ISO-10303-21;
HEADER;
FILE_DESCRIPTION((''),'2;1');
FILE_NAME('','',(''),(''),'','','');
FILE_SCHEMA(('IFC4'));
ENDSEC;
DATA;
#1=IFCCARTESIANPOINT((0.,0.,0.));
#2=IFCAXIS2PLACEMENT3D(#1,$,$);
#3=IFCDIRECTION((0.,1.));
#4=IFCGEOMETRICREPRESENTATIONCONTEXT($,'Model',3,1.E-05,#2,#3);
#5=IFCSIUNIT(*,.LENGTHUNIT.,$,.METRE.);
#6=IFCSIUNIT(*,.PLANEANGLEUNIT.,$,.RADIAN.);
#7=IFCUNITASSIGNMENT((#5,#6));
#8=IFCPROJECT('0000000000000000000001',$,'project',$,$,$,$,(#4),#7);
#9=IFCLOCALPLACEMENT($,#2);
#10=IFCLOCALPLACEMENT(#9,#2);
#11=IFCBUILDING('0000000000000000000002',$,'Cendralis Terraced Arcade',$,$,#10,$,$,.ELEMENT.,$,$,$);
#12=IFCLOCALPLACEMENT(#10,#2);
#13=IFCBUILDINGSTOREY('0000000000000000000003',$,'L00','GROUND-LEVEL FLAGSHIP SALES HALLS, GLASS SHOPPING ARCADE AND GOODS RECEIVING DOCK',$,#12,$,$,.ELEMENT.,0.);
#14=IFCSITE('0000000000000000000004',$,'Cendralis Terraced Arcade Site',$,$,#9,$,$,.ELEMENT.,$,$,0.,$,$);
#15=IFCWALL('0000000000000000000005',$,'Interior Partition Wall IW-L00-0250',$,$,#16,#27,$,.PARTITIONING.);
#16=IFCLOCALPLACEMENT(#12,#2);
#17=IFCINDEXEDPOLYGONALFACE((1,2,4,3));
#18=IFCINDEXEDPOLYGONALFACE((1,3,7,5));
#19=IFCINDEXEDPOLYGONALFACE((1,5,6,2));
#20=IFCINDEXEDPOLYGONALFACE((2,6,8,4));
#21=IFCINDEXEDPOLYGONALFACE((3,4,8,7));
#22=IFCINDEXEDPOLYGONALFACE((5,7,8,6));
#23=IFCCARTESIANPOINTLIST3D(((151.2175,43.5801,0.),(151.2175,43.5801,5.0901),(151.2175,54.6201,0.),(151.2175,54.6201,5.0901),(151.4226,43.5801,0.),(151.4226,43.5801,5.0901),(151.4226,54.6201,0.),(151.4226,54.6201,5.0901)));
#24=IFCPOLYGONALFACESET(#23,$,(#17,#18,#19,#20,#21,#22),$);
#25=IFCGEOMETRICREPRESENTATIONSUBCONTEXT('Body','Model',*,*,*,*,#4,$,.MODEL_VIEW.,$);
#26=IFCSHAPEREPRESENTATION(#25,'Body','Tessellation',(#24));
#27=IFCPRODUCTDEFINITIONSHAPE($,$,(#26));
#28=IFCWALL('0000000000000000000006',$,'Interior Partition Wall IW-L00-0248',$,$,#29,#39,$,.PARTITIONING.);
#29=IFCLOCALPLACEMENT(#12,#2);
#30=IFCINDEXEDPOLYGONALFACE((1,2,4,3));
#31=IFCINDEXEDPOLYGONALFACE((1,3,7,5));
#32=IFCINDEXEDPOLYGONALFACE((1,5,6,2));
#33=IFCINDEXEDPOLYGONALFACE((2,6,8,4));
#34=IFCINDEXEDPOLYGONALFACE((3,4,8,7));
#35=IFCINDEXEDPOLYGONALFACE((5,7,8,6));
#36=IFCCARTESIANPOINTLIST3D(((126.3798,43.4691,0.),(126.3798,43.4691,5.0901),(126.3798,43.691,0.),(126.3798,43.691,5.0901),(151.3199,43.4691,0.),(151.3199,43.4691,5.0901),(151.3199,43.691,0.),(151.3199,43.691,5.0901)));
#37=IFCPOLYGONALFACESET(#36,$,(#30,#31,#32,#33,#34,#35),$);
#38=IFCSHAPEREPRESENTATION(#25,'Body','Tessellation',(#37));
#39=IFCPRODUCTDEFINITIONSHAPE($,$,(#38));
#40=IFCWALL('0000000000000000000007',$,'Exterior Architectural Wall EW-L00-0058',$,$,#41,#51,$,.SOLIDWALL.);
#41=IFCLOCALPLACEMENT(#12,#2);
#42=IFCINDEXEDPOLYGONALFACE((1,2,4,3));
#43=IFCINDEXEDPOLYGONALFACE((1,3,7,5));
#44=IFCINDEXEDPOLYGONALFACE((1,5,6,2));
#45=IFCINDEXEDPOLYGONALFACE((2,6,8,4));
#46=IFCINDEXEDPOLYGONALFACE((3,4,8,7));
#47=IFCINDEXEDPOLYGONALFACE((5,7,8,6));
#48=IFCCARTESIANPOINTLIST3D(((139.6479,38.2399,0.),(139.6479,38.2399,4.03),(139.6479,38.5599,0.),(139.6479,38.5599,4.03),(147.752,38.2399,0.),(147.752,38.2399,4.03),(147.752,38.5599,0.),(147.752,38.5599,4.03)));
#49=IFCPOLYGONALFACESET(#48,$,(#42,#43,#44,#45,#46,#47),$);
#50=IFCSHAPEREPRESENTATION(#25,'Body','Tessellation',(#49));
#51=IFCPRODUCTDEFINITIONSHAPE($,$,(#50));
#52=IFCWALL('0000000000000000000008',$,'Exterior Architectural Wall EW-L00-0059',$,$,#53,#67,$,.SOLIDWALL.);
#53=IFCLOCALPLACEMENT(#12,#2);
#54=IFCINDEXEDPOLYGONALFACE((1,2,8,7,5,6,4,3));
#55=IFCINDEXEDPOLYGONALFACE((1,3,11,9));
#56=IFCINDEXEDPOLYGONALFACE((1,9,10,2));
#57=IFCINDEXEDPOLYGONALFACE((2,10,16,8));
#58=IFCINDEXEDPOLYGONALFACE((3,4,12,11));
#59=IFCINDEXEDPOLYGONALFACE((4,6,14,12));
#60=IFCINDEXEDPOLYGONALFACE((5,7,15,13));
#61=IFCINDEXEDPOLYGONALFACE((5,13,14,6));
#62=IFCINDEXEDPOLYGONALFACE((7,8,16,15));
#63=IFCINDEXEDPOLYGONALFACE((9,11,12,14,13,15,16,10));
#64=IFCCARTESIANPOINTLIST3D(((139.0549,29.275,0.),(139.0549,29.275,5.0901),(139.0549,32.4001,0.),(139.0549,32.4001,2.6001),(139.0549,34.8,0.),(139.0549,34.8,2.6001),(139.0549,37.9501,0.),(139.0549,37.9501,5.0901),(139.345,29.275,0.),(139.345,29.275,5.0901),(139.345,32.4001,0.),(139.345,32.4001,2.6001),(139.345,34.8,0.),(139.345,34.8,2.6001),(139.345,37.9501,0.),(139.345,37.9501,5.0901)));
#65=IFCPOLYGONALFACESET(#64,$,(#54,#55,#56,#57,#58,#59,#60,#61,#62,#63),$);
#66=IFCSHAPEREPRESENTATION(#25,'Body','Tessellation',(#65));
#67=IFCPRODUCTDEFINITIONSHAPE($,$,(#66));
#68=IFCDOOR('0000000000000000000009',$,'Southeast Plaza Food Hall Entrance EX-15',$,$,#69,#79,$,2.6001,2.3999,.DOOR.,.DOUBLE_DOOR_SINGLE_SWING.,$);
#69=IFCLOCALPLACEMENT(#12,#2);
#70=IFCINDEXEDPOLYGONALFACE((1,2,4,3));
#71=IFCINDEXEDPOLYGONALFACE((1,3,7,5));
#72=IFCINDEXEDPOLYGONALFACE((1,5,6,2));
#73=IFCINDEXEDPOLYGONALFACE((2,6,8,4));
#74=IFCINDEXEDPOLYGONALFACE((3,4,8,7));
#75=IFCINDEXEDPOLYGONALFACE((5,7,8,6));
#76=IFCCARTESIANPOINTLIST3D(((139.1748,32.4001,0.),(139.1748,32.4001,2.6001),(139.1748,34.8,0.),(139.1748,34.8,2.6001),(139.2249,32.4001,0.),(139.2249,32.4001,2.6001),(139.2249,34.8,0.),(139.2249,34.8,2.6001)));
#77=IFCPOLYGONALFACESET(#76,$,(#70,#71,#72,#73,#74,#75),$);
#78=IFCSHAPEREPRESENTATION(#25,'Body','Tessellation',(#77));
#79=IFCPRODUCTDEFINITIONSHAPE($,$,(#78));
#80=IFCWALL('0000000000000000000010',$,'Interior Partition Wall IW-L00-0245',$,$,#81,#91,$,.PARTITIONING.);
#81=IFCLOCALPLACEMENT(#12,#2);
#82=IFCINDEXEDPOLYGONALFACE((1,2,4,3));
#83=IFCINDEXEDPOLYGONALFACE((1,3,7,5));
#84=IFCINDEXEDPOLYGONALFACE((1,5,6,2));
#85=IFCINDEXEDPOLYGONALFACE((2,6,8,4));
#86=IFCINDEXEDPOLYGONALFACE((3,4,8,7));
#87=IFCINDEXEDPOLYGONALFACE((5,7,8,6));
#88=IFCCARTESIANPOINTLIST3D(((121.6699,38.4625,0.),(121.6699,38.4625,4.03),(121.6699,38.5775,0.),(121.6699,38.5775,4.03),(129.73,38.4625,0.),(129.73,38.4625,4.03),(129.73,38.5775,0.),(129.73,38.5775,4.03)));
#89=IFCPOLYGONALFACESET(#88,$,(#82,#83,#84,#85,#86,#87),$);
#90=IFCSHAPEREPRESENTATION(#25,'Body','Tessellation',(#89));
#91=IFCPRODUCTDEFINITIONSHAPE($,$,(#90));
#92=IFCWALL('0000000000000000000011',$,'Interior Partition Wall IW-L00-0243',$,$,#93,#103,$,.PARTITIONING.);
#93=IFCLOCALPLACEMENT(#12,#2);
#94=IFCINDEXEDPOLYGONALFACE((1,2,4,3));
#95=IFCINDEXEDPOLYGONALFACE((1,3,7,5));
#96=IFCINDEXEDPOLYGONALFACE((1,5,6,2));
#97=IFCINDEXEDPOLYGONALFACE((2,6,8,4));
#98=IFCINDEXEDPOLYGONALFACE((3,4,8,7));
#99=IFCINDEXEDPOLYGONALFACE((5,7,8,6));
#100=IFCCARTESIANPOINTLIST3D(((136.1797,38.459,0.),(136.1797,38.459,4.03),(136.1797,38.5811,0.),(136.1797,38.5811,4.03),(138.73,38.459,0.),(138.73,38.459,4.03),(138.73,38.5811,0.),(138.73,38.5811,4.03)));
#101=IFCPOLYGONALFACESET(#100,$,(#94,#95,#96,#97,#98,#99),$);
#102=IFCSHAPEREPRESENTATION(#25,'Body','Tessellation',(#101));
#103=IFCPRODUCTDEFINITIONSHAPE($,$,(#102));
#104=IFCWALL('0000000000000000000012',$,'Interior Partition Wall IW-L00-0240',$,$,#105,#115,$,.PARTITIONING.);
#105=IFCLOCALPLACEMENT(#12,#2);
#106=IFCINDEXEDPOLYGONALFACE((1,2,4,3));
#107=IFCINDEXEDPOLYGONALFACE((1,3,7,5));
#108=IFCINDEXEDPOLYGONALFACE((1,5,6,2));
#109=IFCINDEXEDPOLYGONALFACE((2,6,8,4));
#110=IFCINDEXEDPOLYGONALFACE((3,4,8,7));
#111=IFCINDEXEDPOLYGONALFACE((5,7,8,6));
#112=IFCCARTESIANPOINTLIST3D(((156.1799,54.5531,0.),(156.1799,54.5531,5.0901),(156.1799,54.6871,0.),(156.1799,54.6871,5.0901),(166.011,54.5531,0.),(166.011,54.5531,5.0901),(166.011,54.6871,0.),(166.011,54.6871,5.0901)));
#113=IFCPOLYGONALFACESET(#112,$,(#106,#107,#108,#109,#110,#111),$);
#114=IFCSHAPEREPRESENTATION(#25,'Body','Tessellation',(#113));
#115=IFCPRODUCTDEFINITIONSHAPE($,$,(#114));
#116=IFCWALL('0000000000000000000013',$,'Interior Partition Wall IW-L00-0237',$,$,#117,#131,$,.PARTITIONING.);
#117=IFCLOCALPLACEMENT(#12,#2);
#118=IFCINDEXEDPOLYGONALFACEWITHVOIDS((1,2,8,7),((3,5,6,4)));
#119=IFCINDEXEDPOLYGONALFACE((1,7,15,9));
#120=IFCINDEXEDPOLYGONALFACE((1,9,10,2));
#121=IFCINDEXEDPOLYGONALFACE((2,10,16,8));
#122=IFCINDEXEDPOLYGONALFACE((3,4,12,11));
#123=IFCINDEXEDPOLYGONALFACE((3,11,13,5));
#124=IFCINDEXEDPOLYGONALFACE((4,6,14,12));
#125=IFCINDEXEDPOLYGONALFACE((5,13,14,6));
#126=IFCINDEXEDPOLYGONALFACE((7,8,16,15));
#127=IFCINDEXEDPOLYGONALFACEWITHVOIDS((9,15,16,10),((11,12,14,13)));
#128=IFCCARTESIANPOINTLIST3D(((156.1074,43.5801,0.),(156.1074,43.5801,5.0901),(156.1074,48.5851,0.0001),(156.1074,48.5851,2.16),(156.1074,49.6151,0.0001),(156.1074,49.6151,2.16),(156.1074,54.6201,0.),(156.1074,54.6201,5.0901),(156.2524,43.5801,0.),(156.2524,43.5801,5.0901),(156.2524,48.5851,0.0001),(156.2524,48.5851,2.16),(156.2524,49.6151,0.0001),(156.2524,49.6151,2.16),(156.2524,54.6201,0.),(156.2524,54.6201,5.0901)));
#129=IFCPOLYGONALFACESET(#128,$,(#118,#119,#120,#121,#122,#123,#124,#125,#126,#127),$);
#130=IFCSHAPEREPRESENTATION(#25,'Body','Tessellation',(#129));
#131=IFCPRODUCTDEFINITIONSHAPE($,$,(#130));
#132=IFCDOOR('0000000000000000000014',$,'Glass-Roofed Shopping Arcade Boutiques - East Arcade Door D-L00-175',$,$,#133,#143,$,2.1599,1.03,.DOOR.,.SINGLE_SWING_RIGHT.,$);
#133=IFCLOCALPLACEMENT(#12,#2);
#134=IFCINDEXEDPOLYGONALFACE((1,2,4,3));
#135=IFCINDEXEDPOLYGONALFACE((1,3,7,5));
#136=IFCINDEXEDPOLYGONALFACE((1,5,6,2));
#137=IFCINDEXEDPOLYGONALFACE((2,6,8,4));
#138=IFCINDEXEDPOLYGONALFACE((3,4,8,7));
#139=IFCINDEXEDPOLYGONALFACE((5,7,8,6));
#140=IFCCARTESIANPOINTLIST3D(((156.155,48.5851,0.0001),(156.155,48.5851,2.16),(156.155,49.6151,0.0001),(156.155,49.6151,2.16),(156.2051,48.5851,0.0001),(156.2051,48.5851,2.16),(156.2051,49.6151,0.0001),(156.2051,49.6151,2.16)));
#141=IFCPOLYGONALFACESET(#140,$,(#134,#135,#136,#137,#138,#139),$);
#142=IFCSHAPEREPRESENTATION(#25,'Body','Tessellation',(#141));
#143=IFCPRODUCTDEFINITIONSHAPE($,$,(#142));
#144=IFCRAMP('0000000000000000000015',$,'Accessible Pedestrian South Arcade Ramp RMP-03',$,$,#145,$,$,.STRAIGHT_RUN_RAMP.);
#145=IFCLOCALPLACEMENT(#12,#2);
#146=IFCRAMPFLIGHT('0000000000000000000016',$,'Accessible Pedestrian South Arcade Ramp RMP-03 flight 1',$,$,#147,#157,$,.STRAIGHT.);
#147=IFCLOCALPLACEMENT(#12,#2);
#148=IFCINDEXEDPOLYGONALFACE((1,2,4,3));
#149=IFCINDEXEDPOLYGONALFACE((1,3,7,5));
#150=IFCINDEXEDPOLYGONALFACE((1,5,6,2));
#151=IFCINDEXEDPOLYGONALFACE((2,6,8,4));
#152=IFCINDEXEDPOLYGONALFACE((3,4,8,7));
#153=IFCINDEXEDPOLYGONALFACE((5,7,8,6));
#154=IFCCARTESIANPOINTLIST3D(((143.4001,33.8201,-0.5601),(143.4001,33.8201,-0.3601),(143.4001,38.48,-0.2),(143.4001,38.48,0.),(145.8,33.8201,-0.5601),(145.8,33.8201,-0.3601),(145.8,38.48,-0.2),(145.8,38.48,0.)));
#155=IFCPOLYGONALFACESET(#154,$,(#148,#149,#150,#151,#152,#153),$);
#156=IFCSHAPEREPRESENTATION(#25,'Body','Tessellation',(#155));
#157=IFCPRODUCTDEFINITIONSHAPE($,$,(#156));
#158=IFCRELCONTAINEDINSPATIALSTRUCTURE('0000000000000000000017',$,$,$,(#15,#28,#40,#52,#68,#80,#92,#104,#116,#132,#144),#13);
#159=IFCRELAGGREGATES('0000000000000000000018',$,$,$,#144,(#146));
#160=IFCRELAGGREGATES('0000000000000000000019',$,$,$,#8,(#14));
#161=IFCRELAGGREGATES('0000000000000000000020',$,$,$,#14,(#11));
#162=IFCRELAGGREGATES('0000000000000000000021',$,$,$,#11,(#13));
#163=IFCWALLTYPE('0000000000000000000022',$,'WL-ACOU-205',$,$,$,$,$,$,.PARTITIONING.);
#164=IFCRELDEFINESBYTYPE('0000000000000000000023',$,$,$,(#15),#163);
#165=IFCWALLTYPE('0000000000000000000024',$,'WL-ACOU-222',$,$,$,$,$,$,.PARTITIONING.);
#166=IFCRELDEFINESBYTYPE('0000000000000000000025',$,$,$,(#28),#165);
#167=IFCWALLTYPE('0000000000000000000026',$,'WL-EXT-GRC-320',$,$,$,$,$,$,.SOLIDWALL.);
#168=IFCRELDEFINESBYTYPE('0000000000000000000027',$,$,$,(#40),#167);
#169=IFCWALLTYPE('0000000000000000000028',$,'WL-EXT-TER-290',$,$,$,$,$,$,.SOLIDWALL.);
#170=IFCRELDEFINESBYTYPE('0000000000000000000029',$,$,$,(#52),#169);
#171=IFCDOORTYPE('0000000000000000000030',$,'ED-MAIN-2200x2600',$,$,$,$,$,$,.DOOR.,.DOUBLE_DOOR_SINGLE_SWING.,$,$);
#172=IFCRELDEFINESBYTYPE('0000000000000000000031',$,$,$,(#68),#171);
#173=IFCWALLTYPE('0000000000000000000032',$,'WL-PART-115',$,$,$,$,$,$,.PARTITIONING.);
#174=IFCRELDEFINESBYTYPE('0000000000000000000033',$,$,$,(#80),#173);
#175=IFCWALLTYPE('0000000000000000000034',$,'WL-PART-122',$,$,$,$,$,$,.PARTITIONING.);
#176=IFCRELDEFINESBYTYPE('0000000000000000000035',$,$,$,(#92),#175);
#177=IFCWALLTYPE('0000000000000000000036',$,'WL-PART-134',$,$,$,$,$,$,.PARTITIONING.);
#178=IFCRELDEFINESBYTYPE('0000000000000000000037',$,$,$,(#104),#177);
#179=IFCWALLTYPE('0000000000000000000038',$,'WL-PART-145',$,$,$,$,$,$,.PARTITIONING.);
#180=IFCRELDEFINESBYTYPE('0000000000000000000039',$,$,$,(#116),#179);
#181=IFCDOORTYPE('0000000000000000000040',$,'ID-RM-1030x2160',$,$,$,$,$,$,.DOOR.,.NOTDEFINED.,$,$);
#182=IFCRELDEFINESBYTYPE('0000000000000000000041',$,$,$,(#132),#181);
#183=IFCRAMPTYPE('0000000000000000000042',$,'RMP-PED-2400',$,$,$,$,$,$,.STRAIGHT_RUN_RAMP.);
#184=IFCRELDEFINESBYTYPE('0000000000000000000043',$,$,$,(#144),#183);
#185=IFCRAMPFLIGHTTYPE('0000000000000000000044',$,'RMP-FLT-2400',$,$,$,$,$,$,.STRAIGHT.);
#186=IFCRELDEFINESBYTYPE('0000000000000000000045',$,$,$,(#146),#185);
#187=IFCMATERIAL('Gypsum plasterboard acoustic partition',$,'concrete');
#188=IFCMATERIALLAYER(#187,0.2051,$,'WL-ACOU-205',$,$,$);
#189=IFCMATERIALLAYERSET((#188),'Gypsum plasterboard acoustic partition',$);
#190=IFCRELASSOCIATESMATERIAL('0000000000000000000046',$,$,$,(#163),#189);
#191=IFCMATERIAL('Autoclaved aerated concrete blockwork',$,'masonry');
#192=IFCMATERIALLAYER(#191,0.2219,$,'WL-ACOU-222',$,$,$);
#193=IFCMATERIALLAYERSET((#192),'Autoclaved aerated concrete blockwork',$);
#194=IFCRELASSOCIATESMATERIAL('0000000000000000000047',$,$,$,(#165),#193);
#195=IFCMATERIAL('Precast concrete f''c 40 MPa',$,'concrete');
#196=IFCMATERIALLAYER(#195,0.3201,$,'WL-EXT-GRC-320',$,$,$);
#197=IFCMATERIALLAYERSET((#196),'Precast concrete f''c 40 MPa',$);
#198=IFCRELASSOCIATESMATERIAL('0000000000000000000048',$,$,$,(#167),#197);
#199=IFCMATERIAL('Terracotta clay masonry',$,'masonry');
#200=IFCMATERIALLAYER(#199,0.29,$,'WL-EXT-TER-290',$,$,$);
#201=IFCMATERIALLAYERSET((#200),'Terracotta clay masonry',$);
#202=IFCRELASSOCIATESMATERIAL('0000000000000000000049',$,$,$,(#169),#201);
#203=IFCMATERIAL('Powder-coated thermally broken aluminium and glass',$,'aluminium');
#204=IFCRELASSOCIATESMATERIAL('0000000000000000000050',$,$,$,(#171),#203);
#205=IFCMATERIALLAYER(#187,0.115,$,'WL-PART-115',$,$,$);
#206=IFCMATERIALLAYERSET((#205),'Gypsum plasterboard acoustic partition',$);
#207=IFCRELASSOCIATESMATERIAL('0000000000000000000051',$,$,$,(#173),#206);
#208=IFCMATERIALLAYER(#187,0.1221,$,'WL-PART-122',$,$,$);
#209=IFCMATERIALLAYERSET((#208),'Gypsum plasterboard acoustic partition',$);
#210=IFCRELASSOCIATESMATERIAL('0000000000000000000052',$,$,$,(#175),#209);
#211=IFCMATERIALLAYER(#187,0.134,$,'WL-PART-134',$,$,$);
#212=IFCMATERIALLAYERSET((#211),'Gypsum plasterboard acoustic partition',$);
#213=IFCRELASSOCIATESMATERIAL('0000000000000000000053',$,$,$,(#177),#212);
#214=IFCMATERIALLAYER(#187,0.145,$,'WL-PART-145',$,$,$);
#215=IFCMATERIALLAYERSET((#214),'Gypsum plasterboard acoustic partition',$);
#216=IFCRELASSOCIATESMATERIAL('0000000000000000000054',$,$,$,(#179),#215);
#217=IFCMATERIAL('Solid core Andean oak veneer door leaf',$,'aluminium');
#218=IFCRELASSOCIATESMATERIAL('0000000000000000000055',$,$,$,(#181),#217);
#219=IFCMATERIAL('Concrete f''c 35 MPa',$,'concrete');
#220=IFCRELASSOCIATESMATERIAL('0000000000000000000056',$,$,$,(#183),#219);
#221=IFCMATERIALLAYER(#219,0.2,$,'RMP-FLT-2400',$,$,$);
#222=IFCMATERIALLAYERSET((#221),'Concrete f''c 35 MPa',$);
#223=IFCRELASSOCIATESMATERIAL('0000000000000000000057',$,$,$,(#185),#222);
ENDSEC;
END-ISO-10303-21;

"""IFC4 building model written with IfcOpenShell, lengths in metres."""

from ifc_helpers import new_model, si_unit, direction, frame, frame_2d, origin, place, context, subcontext, project, spatial, polyline, rectangle, outline, extrude, material, layer, layer_set, type_object, element, fill, aggregate, save


model = new_model("IFC4")

# Units and contexts
model_context = context("Model", 3, precision=1e-05, world=origin(), true_north=direction((0.0, 1.0)))
body_context = subcontext(model_context, "Body", "Model", "MODEL_VIEW")
ifc_project = project(units=[si_unit("LENGTHUNIT", "METRE"), si_unit("PLANEANGLEUNIT", "RADIAN")], contexts=[model_context])

# Site, building, storey
site_placement = place(None, origin())
site = spatial("IfcSite", under=ifc_project, at=site_placement, Name="Cendralis Terraced Arcade Site", CompositionType="ELEMENT", RefElevation=0.0)
building_placement = place(site_placement, origin())
building = spatial("IfcBuilding", under=site, at=building_placement, Name="Cendralis Terraced Arcade", CompositionType="ELEMENT")
storey_placement = place(building_placement, origin())
storey = spatial("IfcBuildingStorey", under=building, at=storey_placement, Name="L00", Description="GROUND-LEVEL FLAGSHIP SALES HALLS, GLASS SHOPPING ARCADE AND GOODS RECEIVING DOCK", CompositionType="ELEMENT", Elevation=0.0)

# Shared definitions
ifc_material_1 = material(Name="Concrete f'c 35 MPa", Category="concrete")

# Walls
ifc_material_2 = material(Name="Gypsum plasterboard acoustic partition", Category="concrete")
ifc_layer_1 = layer(ifc_material_2, 0.2051, Name="WL-ACOU-205")
ifc_layer_set_1 = layer_set([ifc_layer_1], Name="Gypsum plasterboard acoustic partition")
wall_type_1 = type_object("IfcWallType", Name="WL-ACOU-205", PredefinedType="PARTITIONING", material=ifc_layer_set_1)
wall_1_placement = place(storey_placement, frame((151.3201, 54.6201, 0.0), z_axis=(0.0, 0.0, 1.0), x_axis=(0.0, -1.0, 0.0)))
element("IfcWall", 1, at=wall_1_placement, inside=storey, type_object=wall_type_1, Name="Interior Partition Wall IW-L00-0250", PredefinedType="PARTITIONING", context=body_context, shape_type="SweptSolid", body=[
    extrude(rectangle(XDim=11.04, YDim=0.2051, at=frame_2d((5.52, 0.0))), origin(), (0.0, 0.0, 1.0), 5.0901),
])
ifc_material_3 = material(Name="Autoclaved aerated concrete blockwork", Category="masonry")
ifc_layer_2 = layer(ifc_material_3, 0.2219, Name="WL-ACOU-222")
ifc_layer_set_2 = layer_set([ifc_layer_2], Name="Autoclaved aerated concrete blockwork")
wall_type_2 = type_object("IfcWallType", Name="WL-ACOU-222", PredefinedType="PARTITIONING", material=ifc_layer_set_2)
wall_2_placement = place(storey_placement, frame((151.3201, 43.5801, 0.0), z_axis=(0.0, 0.0, 1.0), x_axis=(-1.0, 0.0, 0.0)))
element("IfcWall", 2, at=wall_2_placement, inside=storey, type_object=wall_type_2, Name="Interior Partition Wall IW-L00-0248", PredefinedType="PARTITIONING", context=body_context, shape_type="SweptSolid", body=[
    extrude(rectangle(XDim=24.9402, YDim=0.2219, at=frame_2d((12.4702, 0.0))), origin(), (0.0, 0.0, 1.0), 5.0901),
])
ifc_material_4 = material(Name="Precast concrete f'c 40 MPa", Category="concrete")
ifc_layer_3 = layer(ifc_material_4, 0.3201, Name="WL-EXT-GRC-320")
ifc_layer_set_3 = layer_set([ifc_layer_3], Name="Precast concrete f'c 40 MPa")
wall_type_3 = type_object("IfcWallType", Name="WL-EXT-GRC-320", PredefinedType="SOLIDWALL", material=ifc_layer_set_3)
wall_3_placement = place(storey_placement, frame((147.752, 38.3999, 0.0), z_axis=(0.0, 0.0, 1.0), x_axis=(-1.0, 0.0, 0.0)))
element("IfcWall", 3, at=wall_3_placement, inside=storey, type_object=wall_type_3, Name="Exterior Architectural Wall EW-L00-0058", PredefinedType="SOLIDWALL", context=body_context, shape_type="SweptSolid", body=[
    extrude(rectangle(XDim=8.104, YDim=0.3201, at=frame_2d((4.052, 0.0))), origin(), (0.0, 0.0, 1.0), 4.03),
])

# Wall, opening, door
ifc_material_5 = material(Name="Terracotta clay masonry", Category="masonry")
ifc_layer_4 = layer(ifc_material_5, 0.29, Name="WL-EXT-TER-290")
ifc_layer_set_4 = layer_set([ifc_layer_4], Name="Terracotta clay masonry")
wall_type_4 = type_object("IfcWallType", Name="WL-EXT-TER-290", PredefinedType="SOLIDWALL", material=ifc_layer_set_4)
wall_4_placement = place(storey_placement, frame((139.2, 37.95, 0.0), z_axis=(0.0, 0.0, 1.0), x_axis=(0.0, -1.0, 0.0)))
wall_4 = element("IfcWall", 4, at=wall_4_placement, inside=storey, type_object=wall_type_4, Name="Exterior Architectural Wall EW-L00-0059", PredefinedType="SOLIDWALL", context=body_context, shape_type="SweptSolid", body=[
    extrude(rectangle(XDim=8.675, YDim=0.29, at=frame_2d((4.3374, 0.0))), origin(), (0.0, 0.0, 1.0), 5.0901),
])
opening_1_placement = place(wall_4_placement, frame((3.1499, 0.0, 0.0)))
opening_1 = element("IfcOpeningElement", 5, at=opening_1_placement, cuts=wall_4, PredefinedType="OPENING", context=body_context, shape_type="SweptSolid", body=[
    extrude(rectangle(XDim=2.3999, YDim=2.6001, at=frame_2d((1.2, 1.3))), frame((0.0, 0.157, 0.0), z_axis=(0.0, -1.0, 0.0), x_axis=(1.0, 0.0, 0.0)), (0.0, 0.0, 1.0), 0.314),
])
ifc_material_6 = material(Name="Powder-coated thermally broken aluminium and glass", Category="aluminium")
door_type_1 = type_object("IfcDoorType", Name="ED-MAIN-2200x2600", OperationType="DOUBLE_DOOR_SINGLE_SWING", PredefinedType="DOOR", material=ifc_material_6)
door_1_placement = place(opening_1_placement, origin())
door_1 = element("IfcDoor", 6, at=door_1_placement, inside=storey, type_object=door_type_1, Name="Southeast Plaza Food Hall Entrance EX-15", OperationType="DOUBLE_DOOR_SINGLE_SWING", OverallHeight=2.6001, OverallWidth=2.3999, PredefinedType="DOOR", context=body_context, shape_type="SweptSolid", body=[
    extrude(rectangle(XDim=2.3999, YDim=2.6001, at=frame_2d((1.2, 1.3))), frame((0.0, 0.0249, 0.0), z_axis=(0.0, -1.0, 0.0), x_axis=(1.0, 0.0, 0.0)), (0.0, 0.0, 1.0), 0.05),
])
fill(opening_1, door_1)

# Walls
ifc_layer_5 = layer(ifc_material_2, 0.115, Name="WL-PART-115")
ifc_layer_set_5 = layer_set([ifc_layer_5], Name="Gypsum plasterboard acoustic partition")
wall_type_5 = type_object("IfcWallType", Name="WL-PART-115", PredefinedType="PARTITIONING", material=ifc_layer_set_5)
wall_5_placement = place(storey_placement, frame((129.73, 38.52, 0.0), z_axis=(0.0, 0.0, 1.0), x_axis=(-1.0, 0.0, 0.0)))
element("IfcWall", 7, at=wall_5_placement, inside=storey, type_object=wall_type_5, Name="Interior Partition Wall IW-L00-0245", PredefinedType="PARTITIONING", context=body_context, shape_type="SweptSolid", body=[
    extrude(rectangle(XDim=8.0601, YDim=0.115, at=frame_2d((4.03, 0.0))), origin(), (0.0, 0.0, 1.0), 4.03),
])
ifc_layer_6 = layer(ifc_material_2, 0.1221, Name="WL-PART-122")
ifc_layer_set_6 = layer_set([ifc_layer_6], Name="Gypsum plasterboard acoustic partition")
wall_type_6 = type_object("IfcWallType", Name="WL-PART-122", PredefinedType="PARTITIONING", material=ifc_layer_set_6)
wall_6_placement = place(storey_placement, frame((138.73, 38.52, 0.0), z_axis=(0.0, 0.0, 1.0), x_axis=(-1.0, 0.0, 0.0)))
element("IfcWall", 8, at=wall_6_placement, inside=storey, type_object=wall_type_6, Name="Interior Partition Wall IW-L00-0243", PredefinedType="PARTITIONING", context=body_context, shape_type="SweptSolid", body=[
    extrude(rectangle(XDim=2.5503, YDim=0.1221, at=frame_2d((1.2751, 0.0))), origin(), (0.0, 0.0, 1.0), 4.03),
])
ifc_layer_7 = layer(ifc_material_2, 0.134, Name="WL-PART-134")
ifc_layer_set_7 = layer_set([ifc_layer_7], Name="Gypsum plasterboard acoustic partition")
wall_type_7 = type_object("IfcWallType", Name="WL-PART-134", PredefinedType="PARTITIONING", material=ifc_layer_set_7)
wall_7_placement = place(storey_placement, frame((156.1799, 54.6201, 0.0), z_axis=(0.0, 0.0, 1.0), x_axis=(1.0, 0.0, 0.0)))
element("IfcWall", 9, at=wall_7_placement, inside=storey, type_object=wall_type_7, Name="Interior Partition Wall IW-L00-0240", PredefinedType="PARTITIONING", context=body_context, shape_type="SweptSolid", body=[
    extrude(rectangle(XDim=9.8311, YDim=0.134, at=frame_2d((4.9155, 0.0))), origin(), (0.0, 0.0, 1.0), 5.0901),
])

# Wall, opening, door
ifc_layer_8 = layer(ifc_material_2, 0.145, Name="WL-PART-145")
ifc_layer_set_8 = layer_set([ifc_layer_8], Name="Gypsum plasterboard acoustic partition")
wall_type_8 = type_object("IfcWallType", Name="WL-PART-145", PredefinedType="PARTITIONING", material=ifc_layer_set_8)
wall_8_placement = place(storey_placement, frame((156.1799, 43.5801, 0.0), z_axis=(0.0, 0.0, 1.0), x_axis=(0.0, 1.0, 0.0)))
wall_8 = element("IfcWall", 10, at=wall_8_placement, inside=storey, type_object=wall_type_8, Name="Interior Partition Wall IW-L00-0237", PredefinedType="PARTITIONING", context=body_context, shape_type="SweptSolid", body=[
    extrude(rectangle(XDim=11.04, YDim=0.145, at=frame_2d((5.52, 0.0))), origin(), (0.0, 0.0, 1.0), 5.0901),
])
opening_2_placement = place(wall_8_placement, frame((5.0049, 0.0, 0.0)))
opening_2 = element("IfcOpeningElement", 11, at=opening_2_placement, cuts=wall_8, PredefinedType="OPENING", context=body_context, shape_type="SweptSolid", body=[
    extrude(rectangle(XDim=1.03, YDim=2.1599, at=frame_2d((0.5151, 1.0801))), frame((0.0, 0.0845, 0.0), z_axis=(0.0, -1.0, 0.0), x_axis=(1.0, 0.0, 0.0)), (0.0, 0.0, 1.0), 0.1689),
])
ifc_material_7 = material(Name="Solid core Andean oak veneer door leaf", Category="aluminium")
door_type_2 = type_object("IfcDoorType", Name="ID-RM-1030x2160", OperationType="NOTDEFINED", PredefinedType="DOOR", material=ifc_material_7)
door_2_placement = place(opening_2_placement, origin())
door_2 = element("IfcDoor", 12, at=door_2_placement, inside=storey, type_object=door_type_2, Name="Glass-Roofed Shopping Arcade Boutiques - East Arcade Door D-L00-175", OperationType="SINGLE_SWING_RIGHT", OverallHeight=2.1599, OverallWidth=1.03, PredefinedType="DOOR", context=body_context, shape_type="SweptSolid", body=[
    extrude(rectangle(XDim=1.03, YDim=2.1599, at=frame_2d((0.5151, 1.0801))), frame((0.0, 0.0249, 0.0), z_axis=(0.0, -1.0, 0.0), x_axis=(1.0, 0.0, 0.0)), (0.0, 0.0, 1.0), 0.05),
])
fill(opening_2, door_2)

# Ramp, ramp flight
ramp_type = type_object("IfcRampType", Name="RMP-PED-2400", PredefinedType="STRAIGHT_RUN_RAMP", material=ifc_material_1)
ramp_placement = place(storey_placement, origin())
ramp = element("IfcRamp", 13, at=ramp_placement, inside=storey, type_object=ramp_type, Name="Accessible Pedestrian South Arcade Ramp RMP-03", PredefinedType="STRAIGHT_RUN_RAMP")
ifc_layer_9 = layer(ifc_material_1, 0.2, Name="RMP-FLT-2400")
ifc_layer_set_9 = layer_set([ifc_layer_9], Name="Concrete f'c 35 MPa")
ramp_flight_type = type_object("IfcRampFlightType", Name="RMP-FLT-2400", PredefinedType="STRAIGHT", material=ifc_layer_set_9)
ramp_flight_placement = place(storey_placement, frame((144.6001, 33.8201, -0.3601), z_axis=(0.0, 0.0, 1.0), x_axis=(0.0, 1.0, 0.0)))
ramp_flight = element("IfcRampFlight", 14, at=ramp_flight_placement, type_object=ramp_flight_type, Name="Accessible Pedestrian South Arcade Ramp RMP-03 flight 1", PredefinedType="STRAIGHT", context=body_context, shape_type="SweptSolid", body=[
    extrude(outline(polyline([(0.0, -0.2), (4.6599, 0.1602), (4.6599, 0.3601), (0.0, 0.0), (0.0, -0.2)])), frame((0.0, 1.2, 0.0), z_axis=(0.0, -1.0, 0.0), x_axis=(1.0, 0.0, 0.0)), (0.0, 0.0, 1.0), 2.3999),
])
aggregate(ramp, [ramp_flight])

save(model, "model.ifc")
